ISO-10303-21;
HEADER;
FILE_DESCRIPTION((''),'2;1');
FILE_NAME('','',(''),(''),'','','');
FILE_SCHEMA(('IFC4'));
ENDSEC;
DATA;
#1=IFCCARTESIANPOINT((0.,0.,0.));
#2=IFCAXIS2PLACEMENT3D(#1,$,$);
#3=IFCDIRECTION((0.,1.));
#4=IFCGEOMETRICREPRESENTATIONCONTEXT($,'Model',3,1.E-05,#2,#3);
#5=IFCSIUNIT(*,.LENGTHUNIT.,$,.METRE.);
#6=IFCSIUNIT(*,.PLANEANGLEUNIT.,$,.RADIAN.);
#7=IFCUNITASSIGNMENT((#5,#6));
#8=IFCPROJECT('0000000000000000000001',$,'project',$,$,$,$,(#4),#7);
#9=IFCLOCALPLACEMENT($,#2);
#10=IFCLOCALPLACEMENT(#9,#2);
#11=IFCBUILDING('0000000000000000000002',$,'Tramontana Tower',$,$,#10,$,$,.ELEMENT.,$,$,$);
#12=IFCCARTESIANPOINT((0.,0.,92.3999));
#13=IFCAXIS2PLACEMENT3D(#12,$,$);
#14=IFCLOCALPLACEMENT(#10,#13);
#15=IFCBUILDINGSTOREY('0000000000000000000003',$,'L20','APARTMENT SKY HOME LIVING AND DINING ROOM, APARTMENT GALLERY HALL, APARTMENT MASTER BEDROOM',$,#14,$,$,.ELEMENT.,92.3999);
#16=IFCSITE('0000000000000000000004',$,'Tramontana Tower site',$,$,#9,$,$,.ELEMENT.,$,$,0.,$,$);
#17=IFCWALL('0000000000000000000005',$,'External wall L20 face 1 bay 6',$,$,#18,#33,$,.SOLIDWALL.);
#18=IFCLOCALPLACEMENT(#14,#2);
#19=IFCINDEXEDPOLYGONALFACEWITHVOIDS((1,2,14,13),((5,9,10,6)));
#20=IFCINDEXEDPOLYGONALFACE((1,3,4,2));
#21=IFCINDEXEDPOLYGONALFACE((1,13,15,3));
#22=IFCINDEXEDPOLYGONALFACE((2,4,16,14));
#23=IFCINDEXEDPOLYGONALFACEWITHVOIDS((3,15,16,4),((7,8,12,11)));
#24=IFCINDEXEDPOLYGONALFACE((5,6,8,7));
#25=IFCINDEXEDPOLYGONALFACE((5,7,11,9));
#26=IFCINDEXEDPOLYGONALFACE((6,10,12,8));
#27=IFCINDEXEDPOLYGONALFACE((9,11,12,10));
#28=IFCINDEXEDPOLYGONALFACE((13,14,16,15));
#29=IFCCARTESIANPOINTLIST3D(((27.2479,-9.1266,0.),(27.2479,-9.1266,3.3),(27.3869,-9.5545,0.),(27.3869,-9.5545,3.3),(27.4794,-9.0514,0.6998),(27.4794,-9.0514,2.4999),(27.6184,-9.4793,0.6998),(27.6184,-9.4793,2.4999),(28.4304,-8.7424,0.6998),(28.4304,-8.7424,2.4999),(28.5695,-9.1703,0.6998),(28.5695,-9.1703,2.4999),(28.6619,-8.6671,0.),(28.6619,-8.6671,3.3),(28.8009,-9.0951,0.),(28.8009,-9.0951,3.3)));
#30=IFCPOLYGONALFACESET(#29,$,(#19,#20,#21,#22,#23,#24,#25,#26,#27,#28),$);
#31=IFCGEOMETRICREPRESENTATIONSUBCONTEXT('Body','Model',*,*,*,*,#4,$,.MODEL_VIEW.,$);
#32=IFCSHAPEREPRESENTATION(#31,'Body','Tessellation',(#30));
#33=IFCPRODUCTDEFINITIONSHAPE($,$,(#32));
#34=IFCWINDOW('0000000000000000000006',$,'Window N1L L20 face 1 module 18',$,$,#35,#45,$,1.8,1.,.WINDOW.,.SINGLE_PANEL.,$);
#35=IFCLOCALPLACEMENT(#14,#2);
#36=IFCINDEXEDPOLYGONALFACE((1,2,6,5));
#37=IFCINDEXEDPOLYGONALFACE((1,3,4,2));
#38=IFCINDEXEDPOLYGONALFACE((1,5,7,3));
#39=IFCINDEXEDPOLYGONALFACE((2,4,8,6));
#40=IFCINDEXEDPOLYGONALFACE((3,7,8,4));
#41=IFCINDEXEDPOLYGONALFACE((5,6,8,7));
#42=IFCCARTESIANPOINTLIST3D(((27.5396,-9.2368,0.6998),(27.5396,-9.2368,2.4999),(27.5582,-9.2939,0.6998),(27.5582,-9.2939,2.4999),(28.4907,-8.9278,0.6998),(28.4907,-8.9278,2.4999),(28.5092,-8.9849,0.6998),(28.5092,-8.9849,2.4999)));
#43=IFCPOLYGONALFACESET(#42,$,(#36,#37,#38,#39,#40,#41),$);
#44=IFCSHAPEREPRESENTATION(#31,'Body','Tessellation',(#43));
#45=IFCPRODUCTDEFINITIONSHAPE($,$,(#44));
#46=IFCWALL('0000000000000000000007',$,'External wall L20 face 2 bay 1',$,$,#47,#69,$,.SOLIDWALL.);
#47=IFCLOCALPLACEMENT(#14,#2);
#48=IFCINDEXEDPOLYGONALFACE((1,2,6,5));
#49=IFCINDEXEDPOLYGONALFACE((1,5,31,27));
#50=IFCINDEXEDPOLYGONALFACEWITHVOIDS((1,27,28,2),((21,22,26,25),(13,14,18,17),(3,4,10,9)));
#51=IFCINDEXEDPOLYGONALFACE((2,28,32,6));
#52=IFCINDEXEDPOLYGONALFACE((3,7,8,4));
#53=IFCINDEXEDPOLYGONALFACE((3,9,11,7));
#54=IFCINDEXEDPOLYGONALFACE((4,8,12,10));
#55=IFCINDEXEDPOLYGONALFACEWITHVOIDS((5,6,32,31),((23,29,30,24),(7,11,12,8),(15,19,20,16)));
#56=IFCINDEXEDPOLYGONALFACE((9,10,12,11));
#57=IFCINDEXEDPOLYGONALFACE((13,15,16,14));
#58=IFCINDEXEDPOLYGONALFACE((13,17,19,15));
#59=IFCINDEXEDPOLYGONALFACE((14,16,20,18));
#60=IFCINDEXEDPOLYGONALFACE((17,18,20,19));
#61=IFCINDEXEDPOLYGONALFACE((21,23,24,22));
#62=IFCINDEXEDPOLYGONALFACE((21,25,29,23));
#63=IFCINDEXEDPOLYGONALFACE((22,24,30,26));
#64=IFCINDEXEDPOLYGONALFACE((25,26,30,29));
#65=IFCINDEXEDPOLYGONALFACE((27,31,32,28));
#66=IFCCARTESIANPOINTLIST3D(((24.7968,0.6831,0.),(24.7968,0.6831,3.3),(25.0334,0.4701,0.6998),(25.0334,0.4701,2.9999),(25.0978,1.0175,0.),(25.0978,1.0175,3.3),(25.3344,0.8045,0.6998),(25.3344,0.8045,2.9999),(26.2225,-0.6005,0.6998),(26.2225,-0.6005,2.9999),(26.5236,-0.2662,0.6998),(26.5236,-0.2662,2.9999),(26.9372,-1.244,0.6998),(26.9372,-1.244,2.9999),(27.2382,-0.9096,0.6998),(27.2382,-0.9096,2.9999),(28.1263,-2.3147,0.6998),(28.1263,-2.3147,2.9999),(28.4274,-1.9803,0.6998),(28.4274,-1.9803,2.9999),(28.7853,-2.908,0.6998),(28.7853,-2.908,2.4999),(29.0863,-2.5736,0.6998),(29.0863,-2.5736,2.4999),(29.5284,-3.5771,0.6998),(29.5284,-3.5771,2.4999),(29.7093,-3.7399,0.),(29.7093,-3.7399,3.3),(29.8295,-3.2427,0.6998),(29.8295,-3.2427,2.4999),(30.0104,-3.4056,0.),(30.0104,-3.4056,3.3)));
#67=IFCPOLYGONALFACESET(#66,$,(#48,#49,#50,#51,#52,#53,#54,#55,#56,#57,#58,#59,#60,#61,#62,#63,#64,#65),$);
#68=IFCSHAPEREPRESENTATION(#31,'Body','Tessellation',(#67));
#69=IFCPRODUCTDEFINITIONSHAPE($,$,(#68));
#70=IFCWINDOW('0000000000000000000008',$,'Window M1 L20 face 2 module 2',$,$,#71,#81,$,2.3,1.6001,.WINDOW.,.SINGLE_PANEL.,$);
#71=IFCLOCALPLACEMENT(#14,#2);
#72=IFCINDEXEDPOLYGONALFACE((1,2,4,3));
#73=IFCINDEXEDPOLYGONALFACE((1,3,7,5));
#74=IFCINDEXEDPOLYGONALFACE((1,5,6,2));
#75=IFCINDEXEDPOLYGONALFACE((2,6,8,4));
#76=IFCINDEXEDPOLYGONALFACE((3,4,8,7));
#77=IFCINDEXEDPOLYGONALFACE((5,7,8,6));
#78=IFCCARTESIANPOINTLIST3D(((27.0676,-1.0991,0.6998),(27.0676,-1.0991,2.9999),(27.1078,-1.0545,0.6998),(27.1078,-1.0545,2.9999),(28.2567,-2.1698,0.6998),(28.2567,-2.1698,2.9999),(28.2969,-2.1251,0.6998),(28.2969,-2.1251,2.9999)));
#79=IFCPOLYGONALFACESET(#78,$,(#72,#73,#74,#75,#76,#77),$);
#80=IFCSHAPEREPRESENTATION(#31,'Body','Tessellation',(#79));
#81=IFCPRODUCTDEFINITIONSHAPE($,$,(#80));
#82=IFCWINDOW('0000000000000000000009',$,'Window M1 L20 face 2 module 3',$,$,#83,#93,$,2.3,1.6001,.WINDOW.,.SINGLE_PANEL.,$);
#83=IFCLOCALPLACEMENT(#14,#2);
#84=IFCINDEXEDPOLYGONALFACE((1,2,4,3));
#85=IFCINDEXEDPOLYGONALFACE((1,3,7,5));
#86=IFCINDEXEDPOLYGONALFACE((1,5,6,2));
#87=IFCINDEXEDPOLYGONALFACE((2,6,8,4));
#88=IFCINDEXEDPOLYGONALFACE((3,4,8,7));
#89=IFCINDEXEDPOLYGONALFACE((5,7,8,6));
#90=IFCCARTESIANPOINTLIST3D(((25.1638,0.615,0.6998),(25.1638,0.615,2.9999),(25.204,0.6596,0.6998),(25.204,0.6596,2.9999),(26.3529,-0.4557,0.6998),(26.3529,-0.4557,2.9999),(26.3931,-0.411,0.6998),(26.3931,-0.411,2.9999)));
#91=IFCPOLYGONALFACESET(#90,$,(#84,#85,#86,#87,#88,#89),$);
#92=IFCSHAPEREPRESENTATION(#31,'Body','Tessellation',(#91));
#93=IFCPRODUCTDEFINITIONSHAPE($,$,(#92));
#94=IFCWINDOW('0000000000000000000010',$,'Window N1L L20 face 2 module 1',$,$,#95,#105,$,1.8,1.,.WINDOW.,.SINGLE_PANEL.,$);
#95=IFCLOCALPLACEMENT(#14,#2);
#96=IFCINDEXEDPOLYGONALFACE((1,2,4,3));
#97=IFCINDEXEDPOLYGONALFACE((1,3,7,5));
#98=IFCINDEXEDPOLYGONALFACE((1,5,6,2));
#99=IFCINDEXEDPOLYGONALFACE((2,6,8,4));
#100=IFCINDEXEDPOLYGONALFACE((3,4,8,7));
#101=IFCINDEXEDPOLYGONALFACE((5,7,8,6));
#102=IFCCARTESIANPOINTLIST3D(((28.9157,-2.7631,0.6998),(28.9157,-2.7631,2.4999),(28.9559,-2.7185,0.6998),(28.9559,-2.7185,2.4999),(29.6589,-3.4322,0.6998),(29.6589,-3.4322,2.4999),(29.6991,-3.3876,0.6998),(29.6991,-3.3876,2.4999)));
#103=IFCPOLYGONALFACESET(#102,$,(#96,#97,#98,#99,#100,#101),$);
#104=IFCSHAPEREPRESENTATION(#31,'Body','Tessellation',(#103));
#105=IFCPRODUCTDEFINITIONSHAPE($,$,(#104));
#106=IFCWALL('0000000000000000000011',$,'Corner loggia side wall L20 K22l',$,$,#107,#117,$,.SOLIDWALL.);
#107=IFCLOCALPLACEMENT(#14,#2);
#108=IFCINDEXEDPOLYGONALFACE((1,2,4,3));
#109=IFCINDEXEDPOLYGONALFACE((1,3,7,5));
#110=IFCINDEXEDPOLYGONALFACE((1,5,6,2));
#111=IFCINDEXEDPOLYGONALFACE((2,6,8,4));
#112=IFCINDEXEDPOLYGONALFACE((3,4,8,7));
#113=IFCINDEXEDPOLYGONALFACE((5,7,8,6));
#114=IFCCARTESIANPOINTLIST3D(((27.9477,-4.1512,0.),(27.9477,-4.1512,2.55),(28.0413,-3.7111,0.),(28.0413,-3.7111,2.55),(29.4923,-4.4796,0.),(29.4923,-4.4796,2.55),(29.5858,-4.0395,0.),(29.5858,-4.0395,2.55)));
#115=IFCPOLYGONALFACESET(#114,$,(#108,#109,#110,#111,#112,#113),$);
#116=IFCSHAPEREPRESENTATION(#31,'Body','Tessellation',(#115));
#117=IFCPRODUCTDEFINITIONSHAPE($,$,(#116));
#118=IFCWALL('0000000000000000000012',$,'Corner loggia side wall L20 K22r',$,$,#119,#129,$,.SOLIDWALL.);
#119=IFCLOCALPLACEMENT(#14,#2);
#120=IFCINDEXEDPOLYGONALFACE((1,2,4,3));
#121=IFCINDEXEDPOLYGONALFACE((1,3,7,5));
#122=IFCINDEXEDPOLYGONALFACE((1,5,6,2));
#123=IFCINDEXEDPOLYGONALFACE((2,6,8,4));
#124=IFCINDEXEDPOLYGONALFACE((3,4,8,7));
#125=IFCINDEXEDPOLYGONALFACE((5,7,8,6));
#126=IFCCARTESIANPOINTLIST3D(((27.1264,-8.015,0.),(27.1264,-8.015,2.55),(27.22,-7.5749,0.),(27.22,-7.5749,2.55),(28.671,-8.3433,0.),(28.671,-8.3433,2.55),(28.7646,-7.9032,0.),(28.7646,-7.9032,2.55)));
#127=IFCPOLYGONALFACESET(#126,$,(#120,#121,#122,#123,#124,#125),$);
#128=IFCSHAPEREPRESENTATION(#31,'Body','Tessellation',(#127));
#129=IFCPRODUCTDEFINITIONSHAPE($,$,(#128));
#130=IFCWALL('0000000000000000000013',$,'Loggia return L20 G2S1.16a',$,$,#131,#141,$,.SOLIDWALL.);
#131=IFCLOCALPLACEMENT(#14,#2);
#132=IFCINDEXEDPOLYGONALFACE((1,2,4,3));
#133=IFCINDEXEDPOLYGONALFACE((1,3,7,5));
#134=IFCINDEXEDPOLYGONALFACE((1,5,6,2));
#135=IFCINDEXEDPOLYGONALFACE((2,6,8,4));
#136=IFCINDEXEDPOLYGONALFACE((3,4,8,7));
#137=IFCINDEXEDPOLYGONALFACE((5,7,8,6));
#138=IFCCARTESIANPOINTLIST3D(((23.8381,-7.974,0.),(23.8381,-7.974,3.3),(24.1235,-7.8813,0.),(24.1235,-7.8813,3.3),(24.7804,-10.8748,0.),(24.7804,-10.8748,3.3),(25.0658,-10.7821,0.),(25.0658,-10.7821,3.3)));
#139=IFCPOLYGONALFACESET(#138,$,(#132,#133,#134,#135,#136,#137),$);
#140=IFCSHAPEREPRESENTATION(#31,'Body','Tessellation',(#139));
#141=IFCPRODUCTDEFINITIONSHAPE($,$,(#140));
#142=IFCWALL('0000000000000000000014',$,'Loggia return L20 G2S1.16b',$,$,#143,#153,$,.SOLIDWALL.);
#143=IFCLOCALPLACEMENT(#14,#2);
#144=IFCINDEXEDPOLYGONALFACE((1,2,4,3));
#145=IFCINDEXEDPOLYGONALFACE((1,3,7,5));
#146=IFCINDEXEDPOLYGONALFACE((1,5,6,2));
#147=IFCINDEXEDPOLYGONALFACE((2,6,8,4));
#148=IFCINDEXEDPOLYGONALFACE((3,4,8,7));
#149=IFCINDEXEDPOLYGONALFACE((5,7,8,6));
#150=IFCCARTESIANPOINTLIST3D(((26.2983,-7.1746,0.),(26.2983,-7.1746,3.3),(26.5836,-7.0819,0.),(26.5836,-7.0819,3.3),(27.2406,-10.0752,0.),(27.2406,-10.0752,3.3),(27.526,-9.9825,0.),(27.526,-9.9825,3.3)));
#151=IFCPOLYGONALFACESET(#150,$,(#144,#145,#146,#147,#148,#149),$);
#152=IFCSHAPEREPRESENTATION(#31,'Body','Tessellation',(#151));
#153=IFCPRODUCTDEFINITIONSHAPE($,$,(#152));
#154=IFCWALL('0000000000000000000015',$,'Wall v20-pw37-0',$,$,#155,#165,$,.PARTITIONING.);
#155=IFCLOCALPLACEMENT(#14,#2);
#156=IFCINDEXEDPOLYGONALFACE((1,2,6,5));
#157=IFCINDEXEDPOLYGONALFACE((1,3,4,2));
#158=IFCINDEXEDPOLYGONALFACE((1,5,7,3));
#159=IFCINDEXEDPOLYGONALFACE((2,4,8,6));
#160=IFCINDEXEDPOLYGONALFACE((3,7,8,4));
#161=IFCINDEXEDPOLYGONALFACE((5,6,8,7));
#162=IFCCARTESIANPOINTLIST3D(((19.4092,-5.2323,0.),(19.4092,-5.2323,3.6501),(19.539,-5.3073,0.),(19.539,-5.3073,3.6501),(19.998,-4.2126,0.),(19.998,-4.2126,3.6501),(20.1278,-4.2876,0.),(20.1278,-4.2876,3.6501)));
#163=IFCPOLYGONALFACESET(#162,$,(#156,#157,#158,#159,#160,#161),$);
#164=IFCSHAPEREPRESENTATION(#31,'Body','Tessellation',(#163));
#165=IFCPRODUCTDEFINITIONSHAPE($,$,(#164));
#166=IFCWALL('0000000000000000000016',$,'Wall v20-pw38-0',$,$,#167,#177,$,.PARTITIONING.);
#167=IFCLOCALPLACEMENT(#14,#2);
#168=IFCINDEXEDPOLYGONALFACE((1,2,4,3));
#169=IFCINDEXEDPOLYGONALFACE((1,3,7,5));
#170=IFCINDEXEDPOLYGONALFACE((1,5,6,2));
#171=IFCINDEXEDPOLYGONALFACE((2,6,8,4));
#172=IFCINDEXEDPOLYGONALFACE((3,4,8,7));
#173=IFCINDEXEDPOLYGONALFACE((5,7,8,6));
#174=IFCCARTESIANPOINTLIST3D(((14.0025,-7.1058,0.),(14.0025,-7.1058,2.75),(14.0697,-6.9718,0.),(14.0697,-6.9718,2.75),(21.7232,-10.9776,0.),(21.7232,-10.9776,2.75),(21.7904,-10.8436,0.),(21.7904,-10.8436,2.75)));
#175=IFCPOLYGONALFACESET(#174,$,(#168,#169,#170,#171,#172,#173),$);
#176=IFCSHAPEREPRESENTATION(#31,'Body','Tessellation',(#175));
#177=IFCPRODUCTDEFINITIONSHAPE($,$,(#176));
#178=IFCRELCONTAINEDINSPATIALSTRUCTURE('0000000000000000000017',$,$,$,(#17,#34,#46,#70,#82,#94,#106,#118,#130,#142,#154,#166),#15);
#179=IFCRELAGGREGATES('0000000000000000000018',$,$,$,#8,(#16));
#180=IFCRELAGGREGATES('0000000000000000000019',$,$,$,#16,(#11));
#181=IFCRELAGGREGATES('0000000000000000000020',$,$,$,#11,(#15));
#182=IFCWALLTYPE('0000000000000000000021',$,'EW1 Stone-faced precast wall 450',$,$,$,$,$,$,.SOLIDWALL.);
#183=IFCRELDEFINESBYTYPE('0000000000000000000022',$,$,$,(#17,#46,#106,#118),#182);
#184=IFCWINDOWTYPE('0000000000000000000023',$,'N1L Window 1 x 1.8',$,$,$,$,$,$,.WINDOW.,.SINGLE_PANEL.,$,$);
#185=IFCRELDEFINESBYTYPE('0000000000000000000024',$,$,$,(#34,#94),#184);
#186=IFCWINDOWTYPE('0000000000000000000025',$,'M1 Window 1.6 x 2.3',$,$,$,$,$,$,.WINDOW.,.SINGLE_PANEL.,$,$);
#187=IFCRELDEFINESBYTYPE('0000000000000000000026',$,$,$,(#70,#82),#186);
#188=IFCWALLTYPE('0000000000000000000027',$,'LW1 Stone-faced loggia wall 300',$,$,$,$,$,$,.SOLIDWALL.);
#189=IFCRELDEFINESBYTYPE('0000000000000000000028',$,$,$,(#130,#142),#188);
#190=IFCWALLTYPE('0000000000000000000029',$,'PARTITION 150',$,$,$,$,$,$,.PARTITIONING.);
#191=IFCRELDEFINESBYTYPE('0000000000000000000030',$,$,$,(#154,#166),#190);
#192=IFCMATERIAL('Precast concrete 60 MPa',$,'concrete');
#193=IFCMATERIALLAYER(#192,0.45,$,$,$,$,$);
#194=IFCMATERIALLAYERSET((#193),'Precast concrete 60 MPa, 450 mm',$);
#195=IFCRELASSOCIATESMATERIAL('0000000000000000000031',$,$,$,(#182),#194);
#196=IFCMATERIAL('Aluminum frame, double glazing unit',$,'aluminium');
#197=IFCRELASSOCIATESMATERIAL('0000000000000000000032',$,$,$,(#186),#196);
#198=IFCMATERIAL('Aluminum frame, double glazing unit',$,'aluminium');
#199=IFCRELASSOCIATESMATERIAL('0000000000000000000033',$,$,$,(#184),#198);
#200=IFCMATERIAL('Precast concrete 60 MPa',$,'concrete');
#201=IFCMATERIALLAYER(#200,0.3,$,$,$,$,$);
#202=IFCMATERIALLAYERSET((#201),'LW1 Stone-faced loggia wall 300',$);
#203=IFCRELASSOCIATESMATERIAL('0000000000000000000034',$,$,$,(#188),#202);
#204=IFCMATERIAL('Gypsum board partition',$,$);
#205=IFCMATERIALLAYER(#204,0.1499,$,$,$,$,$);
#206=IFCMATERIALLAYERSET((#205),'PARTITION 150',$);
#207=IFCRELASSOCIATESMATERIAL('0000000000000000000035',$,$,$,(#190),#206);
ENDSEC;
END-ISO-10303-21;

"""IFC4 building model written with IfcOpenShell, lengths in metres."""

from ifc_helpers import new_model, si_unit, direction, frame, frame_2d, origin, place, context, subcontext, project, spatial, rectangle, extrude, material, layer, layer_set, type_object, element, fill, save


model = new_model("IFC4")

# Units and contexts
model_context = context("Model", 3, precision=1e-05, world=origin(), true_north=direction((0.0, 1.0)))
body_context = subcontext(model_context, "Body", "Model", "MODEL_VIEW")
ifc_project = project(units=[si_unit("LENGTHUNIT", "METRE"), si_unit("PLANEANGLEUNIT", "RADIAN")], contexts=[model_context])

# Site, building, storey
site_placement = place(None, origin())
site = spatial("IfcSite", under=ifc_project, at=site_placement, Name="Tramontana Tower site", CompositionType="ELEMENT", RefElevation=0.0)
building_placement = place(site_placement, origin())
building = spatial("IfcBuilding", under=site, at=building_placement, Name="Tramontana Tower", CompositionType="ELEMENT")
storey_placement = place(building_placement, frame((0.0, 0.0, 92.3999)))
storey = spatial("IfcBuildingStorey", under=building, at=storey_placement, Name="L20", Description="APARTMENT SKY HOME LIVING AND DINING ROOM, APARTMENT GALLERY HALL, APARTMENT MASTER BEDROOM", CompositionType="ELEMENT", Elevation=92.3999)

# Wall, opening, window
ifc_material_1 = material(Name="Precast concrete 60 MPa", Category="concrete")
ifc_layer_1 = layer(ifc_material_1, 0.45)
ifc_layer_set_1 = layer_set([ifc_layer_1], Name="Precast concrete 60 MPa, 450 mm")
wall_type_1 = type_object("IfcWallType", Name="EW1 Stone-faced precast wall 450", PredefinedType="SOLIDWALL", material=ifc_layer_set_1)
ifc_material_2 = material(Name="Aluminum frame, double glazing unit", Category="aluminium")
window_type_1 = type_object("IfcWindowType", Name="M1 Window 1.6 x 2.3", PartitioningType="SINGLE_PANEL", PredefinedType="WINDOW", material=ifc_material_2)
wall_1_placement = place(storey_placement, frame((27.3174, -9.3406, 0.0), z_axis=(0.0, 0.0, 1.0), x_axis=(0.951053, 0.309027, 0.0)))
wall_1 = element("IfcWall", 1, at=wall_1_placement, inside=storey, type_object=wall_type_1, Name="External wall L20 face 1 bay 6", PredefinedType="SOLIDWALL", context=body_context, shape_type="SweptSolid", body=[
    extrude(rectangle(XDim=1.4868, YDim=0.45, at=frame_2d((0.7434, 0.0))), origin(), (0.0, 0.0, 1.0), 3.3),
])
opening_1_placement = place(wall_1_placement, frame((0.2434, 0.0, 0.7)))
opening_1 = element("IfcOpeningElement", 2, at=opening_1_placement, cuts=wall_1, PredefinedType="OPENING", context=body_context, shape_type="SweptSolid", body=[
    extrude(rectangle(XDim=1.0, YDim=1.8, at=frame_2d((0.5, 0.8999))), frame((0.0, 0.2349, 0.0), z_axis=(0.0, -1.0, 0.0), x_axis=(1.0, 0.0, 0.0)), (0.0, 0.0, 1.0), 0.47),
])
ifc_material_3 = material(Name="Aluminum frame, double glazing unit", Category="aluminium")
window_type_2 = type_object("IfcWindowType", Name="N1L Window 1 x 1.8", PartitioningType="SINGLE_PANEL", PredefinedType="WINDOW", material=ifc_material_3)
window_1_placement = place(opening_1_placement, origin())
window_1 = element("IfcWindow", 3, at=window_1_placement, inside=storey, type_object=window_type_2, Name="Window N1L L20 face 1 module 18", OverallHeight=1.8, OverallWidth=1.0, PartitioningType="SINGLE_PANEL", PredefinedType="WINDOW", context=body_context, shape_type="SweptSolid", body=[
    extrude(rectangle(XDim=1.0, YDim=1.8, at=frame_2d((0.5, 0.8999))), frame((0.0, 0.03, 0.0), z_axis=(0.0, -1.0, 0.0), x_axis=(1.0, 0.0, 0.0)), (0.0, 0.0, 1.0), 0.0601),
])
fill(opening_1, window_1)

# Wall, openings, windows
wall_2_placement = place(storey_placement, frame((29.8599, -3.5728, 0.0), z_axis=(0.0, 0.0, 1.0), x_axis=(-0.743162, 0.669112, 0.0)))
wall_2 = element("IfcWall", 4, at=wall_2_placement, inside=storey, type_object=wall_type_1, Name="External wall L20 face 2 bay 1", PredefinedType="SOLIDWALL", context=body_context, shape_type="SweptSolid", body=[
    extrude(rectangle(XDim=6.6104, YDim=0.45, at=frame_2d((3.3052, 0.0))), origin(), (0.0, 0.0, 1.0), 3.3),
])
opening_2_placement = place(wall_2_placement, frame((0.2434, 0.0, 0.7)))
opening_2 = element("IfcOpeningElement", 5, at=opening_2_placement, cuts=wall_2, PredefinedType="OPENING", context=body_context, shape_type="SweptSolid", body=[
    extrude(rectangle(XDim=1.0, YDim=1.8, at=frame_2d((0.5, 0.8999))), frame((0.0, 0.2349, 0.0), z_axis=(0.0, -1.0, 0.0), x_axis=(1.0, 0.0, 0.0)), (0.0, 0.0, 1.0), 0.47),
])
opening_3_placement = place(wall_2_placement, frame((2.1301, 0.0, 0.7)))
opening_3 = element("IfcOpeningElement", 6, at=opening_3_placement, cuts=wall_2, PredefinedType="OPENING", context=body_context, shape_type="SweptSolid", body=[
    extrude(rectangle(XDim=1.6001, YDim=2.3, at=frame_2d((0.8, 1.1499))), frame((0.0, 0.2349, 0.0), z_axis=(0.0, -1.0, 0.0), x_axis=(1.0, 0.0, 0.0)), (0.0, 0.0, 1.0), 0.47),
])
opening_4_placement = place(wall_2_placement, frame((4.6919, 0.0, 0.7)))
opening_4 = element("IfcOpeningElement", 7, at=opening_4_placement, cuts=wall_2, PredefinedType="OPENING", context=body_context, shape_type="SweptSolid", body=[
    extrude(rectangle(XDim=1.6001, YDim=2.3, at=frame_2d((0.8, 1.1499))), frame((0.0, 0.2349, 0.0), z_axis=(0.0, -1.0, 0.0), x_axis=(1.0, 0.0, 0.0)), (0.0, 0.0, 1.0), 0.47),
])
window_2_placement = place(opening_3_placement, origin())
window_2 = element("IfcWindow", 8, at=window_2_placement, inside=storey, type_object=window_type_1, Name="Window M1 L20 face 2 module 2", OverallHeight=2.3, OverallWidth=1.6001, PartitioningType="SINGLE_PANEL", PredefinedType="WINDOW", context=body_context, shape_type="SweptSolid", body=[
    extrude(rectangle(XDim=1.6001, YDim=2.3, at=frame_2d((0.8, 1.1499))), frame((0.0, 0.03, 0.0), z_axis=(0.0, -1.0, 0.0), x_axis=(1.0, 0.0, 0.0)), (0.0, 0.0, 1.0), 0.0601),
])
fill(opening_3, window_2)
window_3_placement = place(opening_4_placement, origin())
window_3 = element("IfcWindow", 9, at=window_3_placement, inside=storey, type_object=window_type_1, Name="Window M1 L20 face 2 module 3", OverallHeight=2.3, OverallWidth=1.6001, PartitioningType="SINGLE_PANEL", PredefinedType="WINDOW", context=body_context, shape_type="SweptSolid", body=[
    extrude(rectangle(XDim=1.6001, YDim=2.3, at=frame_2d((0.8, 1.1499))), frame((0.0, 0.03, 0.0), z_axis=(0.0, -1.0, 0.0), x_axis=(1.0, 0.0, 0.0)), (0.0, 0.0, 1.0), 0.0601),
])
fill(opening_4, window_3)
window_4_placement = place(opening_2_placement, origin())
window_4 = element("IfcWindow", 10, at=window_4_placement, inside=storey, type_object=window_type_2, Name="Window N1L L20 face 2 module 1", OverallHeight=1.8, OverallWidth=1.0, PartitioningType="SINGLE_PANEL", PredefinedType="WINDOW", context=body_context, shape_type="SweptSolid", body=[
    extrude(rectangle(XDim=1.0, YDim=1.8, at=frame_2d((0.5, 0.8999))), frame((0.0, 0.03, 0.0), z_axis=(0.0, -1.0, 0.0), x_axis=(1.0, 0.0, 0.0)), (0.0, 0.0, 1.0), 0.0601),
])
fill(opening_2, window_4)

# Walls
for number, where, z_axis, x_axis, name in (
    (11, (29.5391, -4.2595, 0.0), (0.0, 0.0, 1.0), (-0.978143, 0.207935, 0.0), "Corner loggia side wall L20 K22l"),
    (12, (28.7178, -8.1233, 0.0), (0.0, 0.0, 1.0), (-0.978143, 0.207935, 0.0), "Corner loggia side wall L20 K22r"),
):
    element("IfcWall", number, at=place(storey_placement, frame(where, z_axis=z_axis, x_axis=x_axis)), inside=storey, type_object=wall_type_1, Name=name, PredefinedType="SOLIDWALL", context=body_context, shape_type="SweptSolid", body=[
        extrude(rectangle(XDim=1.5791, YDim=0.45, at=frame_2d((0.7896, 0.0))), origin(), (0.0, 0.0, 1.0), 2.55),
    ])

# Shared definitions
ifc_material_4 = material(Name="Precast concrete 60 MPa", Category="concrete")
ifc_layer_2 = layer(ifc_material_4, 0.3)
ifc_layer_set_2 = layer_set([ifc_layer_2], Name="LW1 Stone-faced loggia wall 300")
wall_type_2 = type_object("IfcWallType", Name="LW1 Stone-faced loggia wall 300", PredefinedType="SOLIDWALL", material=ifc_layer_set_2)

# Walls
wall_3_placement = place(storey_placement, frame((24.9231, -10.8284, 0.0), z_axis=(0.0, 0.0, 1.0), x_axis=(-0.308967, 0.951073, 0.0)))
element("IfcWall", 13, at=wall_3_placement, inside=storey, type_object=wall_type_2, Name="Loggia return L20 G2S1.16a", PredefinedType="SOLIDWALL", context=body_context, shape_type="SweptSolid", body=[
    extrude(rectangle(XDim=3.05, YDim=0.3, at=frame_2d((1.5249, 0.0))), origin(), (0.0, 0.0, 1.0), 3.3),
])
wall_4_placement = place(storey_placement, frame((27.3833, -10.0288, 0.0), z_axis=(0.0, 0.0, 1.0), x_axis=(-0.30899, 0.951065, 0.0)))
element("IfcWall", 14, at=wall_4_placement, inside=storey, type_object=wall_type_2, Name="Loggia return L20 G2S1.16b", PredefinedType="SOLIDWALL", context=body_context, shape_type="SweptSolid", body=[
    extrude(rectangle(XDim=3.0498, YDim=0.3, at=frame_2d((1.5249, 0.0))), origin(), (0.0, 0.0, 1.0), 3.3),
])
ifc_material_5 = material(Name="Gypsum board partition")
ifc_layer_3 = layer(ifc_material_5, 0.1499)
ifc_layer_set_3 = layer_set([ifc_layer_3], Name="PARTITION 150")
wall_type_3 = type_object("IfcWallType", Name="PARTITION 150", PredefinedType="PARTITIONING", material=ifc_layer_set_3)
wall_5_placement = place(storey_placement, frame((20.063, -4.25, 0.0), z_axis=(0.0, 0.0, 1.0), x_axis=(-0.500063, -0.865989, 0.0)))
element("IfcWall", 15, at=wall_5_placement, inside=storey, type_object=wall_type_3, Name="Wall v20-pw37-0", PredefinedType="PARTITIONING", context=body_context, shape_type="SweptSolid", body=[
    extrude(rectangle(XDim=1.1775, YDim=0.1499, at=frame_2d((0.5889, 0.0))), origin(), (0.0, 0.0, 1.0), 3.6501),
])
wall_6_placement = place(storey_placement, frame((21.7568, -10.9106, 0.0), z_axis=(0.0, 0.0, 1.0), x_axis=(-0.893895, 0.448276, 0.0)))
element("IfcWall", 16, at=wall_6_placement, inside=storey, type_object=wall_type_3, Name="Wall v20-pw38-0", PredefinedType="PARTITIONING", context=body_context, shape_type="SweptSolid", body=[
    extrude(rectangle(XDim=8.6372, YDim=0.1499, at=frame_2d((4.3186, 0.0))), origin(), (0.0, 0.0, 1.0), 2.75),
])

save(model, "model.ifc")
